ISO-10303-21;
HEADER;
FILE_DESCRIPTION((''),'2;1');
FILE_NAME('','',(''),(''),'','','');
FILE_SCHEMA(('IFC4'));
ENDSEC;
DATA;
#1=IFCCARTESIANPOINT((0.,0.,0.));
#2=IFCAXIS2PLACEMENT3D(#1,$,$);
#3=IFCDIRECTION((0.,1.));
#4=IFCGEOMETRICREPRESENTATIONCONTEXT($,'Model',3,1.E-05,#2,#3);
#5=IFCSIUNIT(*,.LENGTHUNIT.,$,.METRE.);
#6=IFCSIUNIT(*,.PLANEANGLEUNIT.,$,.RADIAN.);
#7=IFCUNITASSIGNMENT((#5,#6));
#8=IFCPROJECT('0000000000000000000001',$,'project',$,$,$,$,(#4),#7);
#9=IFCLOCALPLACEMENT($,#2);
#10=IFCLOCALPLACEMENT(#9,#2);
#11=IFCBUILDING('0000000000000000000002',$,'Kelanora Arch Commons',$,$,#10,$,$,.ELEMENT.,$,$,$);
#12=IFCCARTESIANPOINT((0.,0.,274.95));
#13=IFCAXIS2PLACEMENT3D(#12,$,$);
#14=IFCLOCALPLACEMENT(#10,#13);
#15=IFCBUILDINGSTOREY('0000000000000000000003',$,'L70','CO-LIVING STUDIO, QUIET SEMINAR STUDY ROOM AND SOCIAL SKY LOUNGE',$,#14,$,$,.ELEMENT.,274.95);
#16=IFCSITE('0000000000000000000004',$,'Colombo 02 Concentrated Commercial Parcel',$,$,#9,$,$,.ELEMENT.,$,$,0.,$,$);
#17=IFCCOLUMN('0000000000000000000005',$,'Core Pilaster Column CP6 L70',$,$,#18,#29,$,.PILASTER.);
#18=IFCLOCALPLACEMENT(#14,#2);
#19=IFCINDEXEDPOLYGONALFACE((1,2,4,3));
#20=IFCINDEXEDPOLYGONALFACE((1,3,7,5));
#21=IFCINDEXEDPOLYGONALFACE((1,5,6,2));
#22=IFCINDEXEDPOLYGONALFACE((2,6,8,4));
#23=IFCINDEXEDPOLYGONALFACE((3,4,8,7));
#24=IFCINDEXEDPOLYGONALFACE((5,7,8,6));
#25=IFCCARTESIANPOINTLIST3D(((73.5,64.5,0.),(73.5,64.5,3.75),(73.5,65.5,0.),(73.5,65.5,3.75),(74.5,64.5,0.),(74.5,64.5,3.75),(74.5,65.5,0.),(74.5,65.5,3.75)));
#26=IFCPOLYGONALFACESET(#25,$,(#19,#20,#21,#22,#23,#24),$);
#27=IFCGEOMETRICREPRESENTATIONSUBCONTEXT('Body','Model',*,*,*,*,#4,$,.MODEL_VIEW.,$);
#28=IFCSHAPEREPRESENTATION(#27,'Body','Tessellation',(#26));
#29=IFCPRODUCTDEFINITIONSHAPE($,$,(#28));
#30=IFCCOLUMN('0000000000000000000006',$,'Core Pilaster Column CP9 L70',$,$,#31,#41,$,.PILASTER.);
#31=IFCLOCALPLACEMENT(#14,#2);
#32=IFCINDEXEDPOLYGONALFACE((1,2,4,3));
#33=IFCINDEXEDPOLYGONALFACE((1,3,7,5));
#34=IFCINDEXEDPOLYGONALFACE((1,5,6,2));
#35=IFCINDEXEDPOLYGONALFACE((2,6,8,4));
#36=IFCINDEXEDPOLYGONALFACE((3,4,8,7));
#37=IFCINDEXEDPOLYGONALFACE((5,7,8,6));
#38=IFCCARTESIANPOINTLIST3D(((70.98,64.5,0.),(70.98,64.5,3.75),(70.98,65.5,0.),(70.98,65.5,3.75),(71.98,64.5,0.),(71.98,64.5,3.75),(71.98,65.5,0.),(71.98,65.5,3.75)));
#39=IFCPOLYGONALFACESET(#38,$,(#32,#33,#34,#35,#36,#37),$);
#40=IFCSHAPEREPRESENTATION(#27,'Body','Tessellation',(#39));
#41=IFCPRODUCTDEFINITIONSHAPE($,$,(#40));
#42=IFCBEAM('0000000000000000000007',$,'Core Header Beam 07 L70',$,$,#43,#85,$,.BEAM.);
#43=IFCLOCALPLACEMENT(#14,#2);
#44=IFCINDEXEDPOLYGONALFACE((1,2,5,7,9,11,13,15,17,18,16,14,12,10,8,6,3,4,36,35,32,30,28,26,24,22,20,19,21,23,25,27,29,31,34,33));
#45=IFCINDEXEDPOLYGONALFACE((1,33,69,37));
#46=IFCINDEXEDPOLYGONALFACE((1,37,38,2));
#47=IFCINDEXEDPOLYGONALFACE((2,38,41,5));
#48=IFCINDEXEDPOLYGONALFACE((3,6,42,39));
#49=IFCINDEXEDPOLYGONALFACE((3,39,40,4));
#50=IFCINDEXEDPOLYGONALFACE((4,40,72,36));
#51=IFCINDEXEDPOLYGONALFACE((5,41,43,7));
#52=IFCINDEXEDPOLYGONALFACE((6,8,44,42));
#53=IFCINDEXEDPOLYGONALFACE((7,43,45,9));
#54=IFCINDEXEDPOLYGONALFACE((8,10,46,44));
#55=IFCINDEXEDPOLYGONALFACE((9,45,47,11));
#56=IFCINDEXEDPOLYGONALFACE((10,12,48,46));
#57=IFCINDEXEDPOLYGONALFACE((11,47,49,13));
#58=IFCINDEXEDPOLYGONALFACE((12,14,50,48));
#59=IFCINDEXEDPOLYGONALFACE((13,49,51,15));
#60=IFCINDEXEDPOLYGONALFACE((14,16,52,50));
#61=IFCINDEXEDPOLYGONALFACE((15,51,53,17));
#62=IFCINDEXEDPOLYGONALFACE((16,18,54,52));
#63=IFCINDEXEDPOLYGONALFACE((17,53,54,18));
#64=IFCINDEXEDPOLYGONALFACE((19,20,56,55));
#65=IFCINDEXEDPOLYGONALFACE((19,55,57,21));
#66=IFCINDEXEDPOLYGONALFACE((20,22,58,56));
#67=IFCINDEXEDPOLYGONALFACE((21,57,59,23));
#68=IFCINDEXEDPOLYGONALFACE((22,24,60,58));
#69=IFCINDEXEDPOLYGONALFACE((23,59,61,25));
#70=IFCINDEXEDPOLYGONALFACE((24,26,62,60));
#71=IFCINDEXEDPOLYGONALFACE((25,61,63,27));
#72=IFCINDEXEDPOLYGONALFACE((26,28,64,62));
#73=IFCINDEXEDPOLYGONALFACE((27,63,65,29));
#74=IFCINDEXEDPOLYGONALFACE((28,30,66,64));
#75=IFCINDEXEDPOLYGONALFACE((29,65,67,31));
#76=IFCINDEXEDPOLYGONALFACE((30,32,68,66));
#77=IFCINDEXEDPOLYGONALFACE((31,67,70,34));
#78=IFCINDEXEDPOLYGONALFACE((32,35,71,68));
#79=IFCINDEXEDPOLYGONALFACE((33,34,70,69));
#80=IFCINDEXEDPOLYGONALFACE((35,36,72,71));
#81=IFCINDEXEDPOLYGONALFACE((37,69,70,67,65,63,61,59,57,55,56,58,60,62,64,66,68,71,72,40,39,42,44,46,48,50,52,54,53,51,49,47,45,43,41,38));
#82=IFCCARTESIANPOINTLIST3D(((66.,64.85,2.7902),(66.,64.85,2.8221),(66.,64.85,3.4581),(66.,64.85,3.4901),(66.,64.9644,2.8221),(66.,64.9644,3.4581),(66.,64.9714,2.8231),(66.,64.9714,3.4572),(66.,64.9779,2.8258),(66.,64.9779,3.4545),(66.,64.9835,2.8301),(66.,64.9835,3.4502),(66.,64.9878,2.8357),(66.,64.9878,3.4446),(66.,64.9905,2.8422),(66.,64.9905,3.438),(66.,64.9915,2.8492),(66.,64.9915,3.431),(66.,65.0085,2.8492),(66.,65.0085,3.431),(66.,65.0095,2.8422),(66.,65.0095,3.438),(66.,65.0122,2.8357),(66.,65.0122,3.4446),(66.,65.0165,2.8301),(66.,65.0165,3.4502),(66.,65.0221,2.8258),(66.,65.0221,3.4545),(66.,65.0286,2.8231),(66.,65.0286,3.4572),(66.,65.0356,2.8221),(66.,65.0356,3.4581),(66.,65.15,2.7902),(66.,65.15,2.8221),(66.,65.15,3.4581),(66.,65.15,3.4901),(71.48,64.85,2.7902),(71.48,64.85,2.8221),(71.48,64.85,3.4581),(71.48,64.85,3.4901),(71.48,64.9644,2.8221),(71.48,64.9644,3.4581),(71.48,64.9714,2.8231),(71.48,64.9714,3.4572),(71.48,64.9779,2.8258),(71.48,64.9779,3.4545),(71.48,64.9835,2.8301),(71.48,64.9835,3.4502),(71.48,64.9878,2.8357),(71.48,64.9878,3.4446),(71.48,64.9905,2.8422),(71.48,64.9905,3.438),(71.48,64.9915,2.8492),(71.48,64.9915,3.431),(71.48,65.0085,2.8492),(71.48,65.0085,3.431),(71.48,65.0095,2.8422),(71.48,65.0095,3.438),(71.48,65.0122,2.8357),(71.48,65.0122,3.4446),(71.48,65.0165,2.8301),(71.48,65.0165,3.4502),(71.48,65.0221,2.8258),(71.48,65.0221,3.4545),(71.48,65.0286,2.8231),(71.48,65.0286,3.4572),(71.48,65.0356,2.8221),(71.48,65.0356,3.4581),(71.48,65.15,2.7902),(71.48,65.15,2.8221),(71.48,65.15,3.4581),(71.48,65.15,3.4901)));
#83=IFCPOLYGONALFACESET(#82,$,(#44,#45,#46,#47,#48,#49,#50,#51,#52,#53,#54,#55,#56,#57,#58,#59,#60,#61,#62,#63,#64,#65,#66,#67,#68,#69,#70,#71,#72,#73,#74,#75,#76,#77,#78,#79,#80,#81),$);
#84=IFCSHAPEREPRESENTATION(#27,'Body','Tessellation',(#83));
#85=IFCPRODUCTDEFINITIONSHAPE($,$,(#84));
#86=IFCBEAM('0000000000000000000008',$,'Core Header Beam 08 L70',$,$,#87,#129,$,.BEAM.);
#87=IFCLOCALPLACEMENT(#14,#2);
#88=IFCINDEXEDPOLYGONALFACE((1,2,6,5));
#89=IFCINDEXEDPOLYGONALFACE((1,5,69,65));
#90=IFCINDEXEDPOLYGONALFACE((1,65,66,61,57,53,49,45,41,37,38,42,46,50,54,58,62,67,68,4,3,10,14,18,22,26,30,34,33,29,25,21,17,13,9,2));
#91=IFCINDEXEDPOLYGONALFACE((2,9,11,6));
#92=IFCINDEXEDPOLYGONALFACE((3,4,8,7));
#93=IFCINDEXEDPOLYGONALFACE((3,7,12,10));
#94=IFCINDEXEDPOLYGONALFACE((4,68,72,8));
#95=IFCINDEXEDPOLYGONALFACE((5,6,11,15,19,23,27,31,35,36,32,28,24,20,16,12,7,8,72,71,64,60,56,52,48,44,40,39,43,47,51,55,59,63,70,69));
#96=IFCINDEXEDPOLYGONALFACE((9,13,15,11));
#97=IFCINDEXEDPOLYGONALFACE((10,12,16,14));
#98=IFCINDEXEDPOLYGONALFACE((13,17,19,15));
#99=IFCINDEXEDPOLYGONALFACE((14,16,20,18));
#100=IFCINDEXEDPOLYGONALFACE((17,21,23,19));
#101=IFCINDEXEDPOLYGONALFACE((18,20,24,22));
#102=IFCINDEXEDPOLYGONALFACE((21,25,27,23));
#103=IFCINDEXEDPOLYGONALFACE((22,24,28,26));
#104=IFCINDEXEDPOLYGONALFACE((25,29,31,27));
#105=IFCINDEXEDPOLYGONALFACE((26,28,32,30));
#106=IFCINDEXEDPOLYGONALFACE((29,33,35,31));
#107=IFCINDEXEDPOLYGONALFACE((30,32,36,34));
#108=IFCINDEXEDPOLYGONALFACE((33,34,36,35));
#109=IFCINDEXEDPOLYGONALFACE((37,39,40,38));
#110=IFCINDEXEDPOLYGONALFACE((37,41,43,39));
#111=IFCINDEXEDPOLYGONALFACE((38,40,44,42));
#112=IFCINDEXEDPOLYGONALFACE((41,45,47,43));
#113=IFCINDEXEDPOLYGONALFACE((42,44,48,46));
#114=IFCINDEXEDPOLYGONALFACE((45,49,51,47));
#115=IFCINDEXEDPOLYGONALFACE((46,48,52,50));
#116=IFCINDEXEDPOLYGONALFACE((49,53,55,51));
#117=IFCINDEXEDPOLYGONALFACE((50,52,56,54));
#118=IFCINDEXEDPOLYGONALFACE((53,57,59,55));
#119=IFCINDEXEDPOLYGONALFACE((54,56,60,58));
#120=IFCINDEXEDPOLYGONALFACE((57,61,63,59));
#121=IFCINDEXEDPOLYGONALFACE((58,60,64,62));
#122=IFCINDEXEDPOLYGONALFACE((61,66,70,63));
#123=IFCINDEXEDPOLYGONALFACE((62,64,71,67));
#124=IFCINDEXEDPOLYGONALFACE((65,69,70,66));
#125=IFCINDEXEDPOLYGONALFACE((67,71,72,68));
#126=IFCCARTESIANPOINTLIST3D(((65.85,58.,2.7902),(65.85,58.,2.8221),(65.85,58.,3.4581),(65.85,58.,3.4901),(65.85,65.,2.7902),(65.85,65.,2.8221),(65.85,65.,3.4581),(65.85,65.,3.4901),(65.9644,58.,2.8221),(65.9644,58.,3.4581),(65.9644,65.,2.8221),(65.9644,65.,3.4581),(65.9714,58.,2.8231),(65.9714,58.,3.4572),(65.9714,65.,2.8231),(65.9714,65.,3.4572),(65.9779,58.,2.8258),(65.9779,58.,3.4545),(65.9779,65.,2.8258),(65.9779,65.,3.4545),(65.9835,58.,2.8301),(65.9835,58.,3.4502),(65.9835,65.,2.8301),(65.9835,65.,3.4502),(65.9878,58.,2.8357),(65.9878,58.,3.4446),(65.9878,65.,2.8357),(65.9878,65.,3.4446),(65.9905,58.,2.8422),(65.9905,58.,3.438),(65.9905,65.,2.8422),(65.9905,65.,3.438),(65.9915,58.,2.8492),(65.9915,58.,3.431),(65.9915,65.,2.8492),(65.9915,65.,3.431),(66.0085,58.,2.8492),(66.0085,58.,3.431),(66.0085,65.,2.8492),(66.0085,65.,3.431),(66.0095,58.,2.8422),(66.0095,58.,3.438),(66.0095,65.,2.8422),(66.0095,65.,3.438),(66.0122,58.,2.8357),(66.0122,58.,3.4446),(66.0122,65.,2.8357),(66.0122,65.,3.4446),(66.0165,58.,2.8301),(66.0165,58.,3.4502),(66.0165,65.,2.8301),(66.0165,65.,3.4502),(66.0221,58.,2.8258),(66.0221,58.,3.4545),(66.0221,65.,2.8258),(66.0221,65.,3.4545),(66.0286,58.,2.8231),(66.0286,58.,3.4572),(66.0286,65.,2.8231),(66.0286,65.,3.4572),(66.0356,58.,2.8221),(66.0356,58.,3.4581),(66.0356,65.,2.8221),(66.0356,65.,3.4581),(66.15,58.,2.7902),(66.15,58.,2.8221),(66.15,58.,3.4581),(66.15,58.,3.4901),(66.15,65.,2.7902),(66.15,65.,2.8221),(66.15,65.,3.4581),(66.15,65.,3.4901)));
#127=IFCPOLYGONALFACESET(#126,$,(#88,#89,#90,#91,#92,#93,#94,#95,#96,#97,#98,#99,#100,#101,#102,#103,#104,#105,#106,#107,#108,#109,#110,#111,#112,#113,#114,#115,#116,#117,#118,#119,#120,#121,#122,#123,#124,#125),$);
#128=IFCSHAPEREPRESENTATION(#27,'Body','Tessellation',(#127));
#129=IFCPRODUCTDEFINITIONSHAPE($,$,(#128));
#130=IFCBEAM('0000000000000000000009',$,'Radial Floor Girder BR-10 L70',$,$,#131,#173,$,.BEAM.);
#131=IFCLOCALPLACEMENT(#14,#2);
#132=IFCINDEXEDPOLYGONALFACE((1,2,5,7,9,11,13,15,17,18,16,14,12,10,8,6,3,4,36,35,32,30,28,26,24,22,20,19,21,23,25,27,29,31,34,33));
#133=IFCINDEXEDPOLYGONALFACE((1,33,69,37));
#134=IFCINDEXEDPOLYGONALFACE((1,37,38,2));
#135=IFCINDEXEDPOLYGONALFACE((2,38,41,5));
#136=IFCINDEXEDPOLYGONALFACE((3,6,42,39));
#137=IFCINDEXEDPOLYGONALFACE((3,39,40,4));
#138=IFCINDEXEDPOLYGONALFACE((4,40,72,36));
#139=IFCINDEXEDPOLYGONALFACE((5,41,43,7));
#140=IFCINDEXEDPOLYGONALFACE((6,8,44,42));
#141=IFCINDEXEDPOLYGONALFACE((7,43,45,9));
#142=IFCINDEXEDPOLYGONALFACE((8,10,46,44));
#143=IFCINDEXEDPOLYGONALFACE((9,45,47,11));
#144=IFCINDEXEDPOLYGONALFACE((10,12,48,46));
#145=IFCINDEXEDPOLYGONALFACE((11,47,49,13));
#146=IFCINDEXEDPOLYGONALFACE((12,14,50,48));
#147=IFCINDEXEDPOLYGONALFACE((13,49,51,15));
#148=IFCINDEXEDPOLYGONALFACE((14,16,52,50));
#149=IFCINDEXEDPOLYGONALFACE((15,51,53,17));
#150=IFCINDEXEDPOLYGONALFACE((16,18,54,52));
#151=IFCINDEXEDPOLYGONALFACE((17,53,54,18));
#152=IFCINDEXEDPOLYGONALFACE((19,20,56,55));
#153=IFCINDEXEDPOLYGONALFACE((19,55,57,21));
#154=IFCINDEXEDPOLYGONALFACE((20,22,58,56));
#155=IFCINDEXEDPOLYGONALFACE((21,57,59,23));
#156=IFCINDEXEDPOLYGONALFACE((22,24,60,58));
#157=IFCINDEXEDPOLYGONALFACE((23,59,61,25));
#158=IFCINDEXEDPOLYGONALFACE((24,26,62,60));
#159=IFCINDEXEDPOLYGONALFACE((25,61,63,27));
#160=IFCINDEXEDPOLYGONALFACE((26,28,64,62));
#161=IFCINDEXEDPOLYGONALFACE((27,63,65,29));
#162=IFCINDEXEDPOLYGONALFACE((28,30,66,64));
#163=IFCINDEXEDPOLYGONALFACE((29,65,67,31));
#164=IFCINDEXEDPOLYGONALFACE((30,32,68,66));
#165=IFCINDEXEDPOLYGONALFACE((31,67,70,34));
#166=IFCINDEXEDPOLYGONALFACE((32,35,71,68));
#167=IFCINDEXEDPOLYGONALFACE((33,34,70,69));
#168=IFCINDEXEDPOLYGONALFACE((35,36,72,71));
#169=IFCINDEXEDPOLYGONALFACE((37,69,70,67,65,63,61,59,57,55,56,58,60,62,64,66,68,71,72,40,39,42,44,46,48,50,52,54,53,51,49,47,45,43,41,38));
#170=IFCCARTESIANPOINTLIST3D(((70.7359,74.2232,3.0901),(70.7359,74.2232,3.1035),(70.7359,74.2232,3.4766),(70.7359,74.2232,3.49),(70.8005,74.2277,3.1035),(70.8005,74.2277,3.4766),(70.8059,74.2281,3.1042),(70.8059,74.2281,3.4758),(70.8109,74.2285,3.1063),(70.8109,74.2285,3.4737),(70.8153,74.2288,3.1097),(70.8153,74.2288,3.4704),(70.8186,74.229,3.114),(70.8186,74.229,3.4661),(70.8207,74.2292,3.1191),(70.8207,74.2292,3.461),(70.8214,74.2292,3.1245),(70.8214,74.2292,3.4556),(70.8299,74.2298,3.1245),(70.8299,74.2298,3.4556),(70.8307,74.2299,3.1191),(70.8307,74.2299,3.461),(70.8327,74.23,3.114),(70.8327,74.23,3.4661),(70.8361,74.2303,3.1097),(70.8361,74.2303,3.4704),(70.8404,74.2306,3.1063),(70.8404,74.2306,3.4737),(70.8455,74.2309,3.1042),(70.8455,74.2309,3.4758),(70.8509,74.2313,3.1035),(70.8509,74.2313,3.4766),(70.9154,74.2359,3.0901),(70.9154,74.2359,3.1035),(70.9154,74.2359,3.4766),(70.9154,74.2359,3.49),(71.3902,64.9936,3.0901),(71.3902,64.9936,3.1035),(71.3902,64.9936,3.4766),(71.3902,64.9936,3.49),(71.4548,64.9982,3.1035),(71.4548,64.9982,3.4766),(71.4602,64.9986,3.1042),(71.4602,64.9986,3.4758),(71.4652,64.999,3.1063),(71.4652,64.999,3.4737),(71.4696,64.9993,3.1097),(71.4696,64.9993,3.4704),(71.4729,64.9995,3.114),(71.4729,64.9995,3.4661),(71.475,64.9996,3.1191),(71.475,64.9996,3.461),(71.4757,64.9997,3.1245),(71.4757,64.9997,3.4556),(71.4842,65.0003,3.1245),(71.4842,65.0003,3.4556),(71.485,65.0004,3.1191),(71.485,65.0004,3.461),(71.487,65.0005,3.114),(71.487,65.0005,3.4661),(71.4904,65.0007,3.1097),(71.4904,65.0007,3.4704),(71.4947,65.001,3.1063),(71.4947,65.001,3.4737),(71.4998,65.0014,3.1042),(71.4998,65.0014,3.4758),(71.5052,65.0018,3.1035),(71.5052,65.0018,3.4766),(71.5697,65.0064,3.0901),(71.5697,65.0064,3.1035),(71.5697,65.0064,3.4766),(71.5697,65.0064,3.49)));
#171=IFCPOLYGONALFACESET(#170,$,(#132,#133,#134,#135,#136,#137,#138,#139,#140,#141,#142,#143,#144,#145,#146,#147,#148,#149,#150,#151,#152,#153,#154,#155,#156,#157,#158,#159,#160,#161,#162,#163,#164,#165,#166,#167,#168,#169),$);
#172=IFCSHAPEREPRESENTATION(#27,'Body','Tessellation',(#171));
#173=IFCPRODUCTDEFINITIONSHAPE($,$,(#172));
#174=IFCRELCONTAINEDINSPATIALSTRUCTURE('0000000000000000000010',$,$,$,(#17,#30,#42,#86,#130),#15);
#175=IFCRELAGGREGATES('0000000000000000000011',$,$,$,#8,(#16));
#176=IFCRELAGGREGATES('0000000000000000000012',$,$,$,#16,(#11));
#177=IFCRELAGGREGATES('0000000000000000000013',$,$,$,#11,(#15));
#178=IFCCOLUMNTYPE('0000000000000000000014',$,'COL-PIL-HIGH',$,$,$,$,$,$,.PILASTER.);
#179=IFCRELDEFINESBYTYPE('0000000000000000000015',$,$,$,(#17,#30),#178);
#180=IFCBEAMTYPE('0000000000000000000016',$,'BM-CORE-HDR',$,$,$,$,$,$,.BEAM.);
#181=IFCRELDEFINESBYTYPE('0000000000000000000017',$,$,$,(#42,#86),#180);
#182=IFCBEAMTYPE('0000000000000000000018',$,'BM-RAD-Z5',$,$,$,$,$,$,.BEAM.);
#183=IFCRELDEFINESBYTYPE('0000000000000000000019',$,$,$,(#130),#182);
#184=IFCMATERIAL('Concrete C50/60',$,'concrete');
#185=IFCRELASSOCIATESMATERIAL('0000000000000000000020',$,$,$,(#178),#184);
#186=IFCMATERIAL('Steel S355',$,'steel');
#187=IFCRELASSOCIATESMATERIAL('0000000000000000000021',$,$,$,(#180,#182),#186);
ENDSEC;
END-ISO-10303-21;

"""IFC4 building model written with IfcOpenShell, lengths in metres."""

from ifc_helpers import new_model, si_unit, direction, frame, origin, origin_2d, place, context, subcontext, project, spatial, rectangle, i_section, extrude, material, material_profile, profile_set, type_object, element, save


model = new_model("IFC4")

# Units and contexts
model_context = context("Model", 3, precision=1e-05, world=origin(), true_north=direction((0.0, 1.0)))
body_context = subcontext(model_context, "Body", "Model", "MODEL_VIEW")
ifc_project = project(units=[si_unit("LENGTHUNIT", "METRE"), si_unit("PLANEANGLEUNIT", "RADIAN")], contexts=[model_context])

# Site, building, storey
site_placement = place(None, origin())
site = spatial("IfcSite", under=ifc_project, at=site_placement, Name="Colombo 02 Concentrated Commercial Parcel", CompositionType="ELEMENT", RefElevation=0.0)
building_placement = place(site_placement, origin())
building = spatial("IfcBuilding", under=site, at=building_placement, Name="Kelanora Arch Commons", CompositionType="ELEMENT")
storey_placement = place(building_placement, frame((0.0, 0.0, 274.95)))
storey = spatial("IfcBuildingStorey", under=building, at=storey_placement, Name="L70", Description="CO-LIVING STUDIO, QUIET SEMINAR STUDY ROOM AND SOCIAL SKY LOUNGE", CompositionType="ELEMENT", Elevation=274.95)

# Columns
ifc_material_1 = material(Name="Concrete C50/60", Category="concrete")
ifc_material_profile_1 = material_profile(ifc_material_1, rectangle(XDim=1.0, YDim=1.0, at=origin_2d()), Name="RC1000x1000")
ifc_profile_set_1 = profile_set([ifc_material_profile_1], Name="Concrete C50/60")
column_type = type_object("IfcColumnType", Name="COL-PIL-HIGH", PredefinedType="PILASTER", material=ifc_profile_set_1)
for number, where, z_axis, x_axis, name in (
    (1, (74.0, 65.0, 0.0), (0.0, 0.0, 1.0), (1.0, 0.0, 0.0), "Core Pilaster Column CP6 L70"),
    (2, (71.48, 65.0, 0.0), (0.0, 0.0, 1.0), (1.0, 0.0, 0.0), "Core Pilaster Column CP9 L70"),
):
    element("IfcColumn", number, at=place(storey_placement, frame(where, z_axis=z_axis, x_axis=x_axis)), inside=storey, type_object=column_type, Name=name, PredefinedType="PILASTER", context=body_context, shape_type="SweptSolid", body=[
        extrude(rectangle(XDim=1.0, YDim=1.0, at=origin_2d()), origin(), (0.0, 0.0, 1.0), 3.75),
    ])

# Beams
ifc_material_2 = material(Name="Steel S355", Category="steel")
ifc_material_profile_2 = material_profile(ifc_material_2, i_section(OverallWidth=0.3, OverallDepth=0.7, WebThickness=0.0171, FlangeThickness=0.032, FilletRadius=0.0271, at=origin_2d()), Name="HEB700")
ifc_profile_set_2 = profile_set([ifc_material_profile_2], Name="Steel S355")
beam_type_1 = type_object("IfcBeamType", Name="BM-CORE-HDR", PredefinedType="BEAM", material=ifc_profile_set_2)
beam_1_placement = place(storey_placement, frame((71.48, 65.0, 3.1401), z_axis=(-1.0, 0.0, 0.0), x_axis=(0.0, -1.0, 0.0)))
element("IfcBeam", 3, at=beam_1_placement, inside=storey, type_object=beam_type_1, Name="Core Header Beam 07 L70", PredefinedType="BEAM", context=body_context, shape_type="SweptSolid", body=[
    extrude(i_section(OverallWidth=0.3, OverallDepth=0.7, WebThickness=0.0171, FlangeThickness=0.032, FilletRadius=0.0271, at=origin_2d()), origin(), (0.0, 0.0, 1.0), 5.48),
])
beam_2_placement = place(storey_placement, frame((66.0, 65.0, 3.1401), z_axis=(0.0, -1.0, 0.0), x_axis=(1.0, 0.0, 0.0)))
element("IfcBeam", 4, at=beam_2_placement, inside=storey, type_object=beam_type_1, Name="Core Header Beam 08 L70", PredefinedType="BEAM", context=body_context, shape_type="SweptSolid", body=[
    extrude(i_section(OverallWidth=0.3, OverallDepth=0.7, WebThickness=0.0171, FlangeThickness=0.032, FilletRadius=0.0271, at=origin_2d()), origin(), (0.0, 0.0, 1.0), 7.0),
])
ifc_material_profile_3 = material_profile(ifc_material_2, i_section(OverallWidth=0.1799, OverallDepth=0.3999, WebThickness=0.0085, FlangeThickness=0.0134, FilletRadius=0.021, at=origin_2d()), Name="IPE400")
ifc_profile_set_3 = profile_set([ifc_material_profile_3], Name="Steel S355")
beam_type_2 = type_object("IfcBeamType", Name="BM-RAD-Z5", PredefinedType="BEAM", material=ifc_profile_set_3)
beam_3_placement = place(storey_placement, frame((71.48, 65.0, 3.29), z_axis=(-0.070714, 0.997497, 0.0), x_axis=(-0.997497, -0.070714, 0.0)))
element("IfcBeam", 5, at=beam_3_placement, inside=storey, type_object=beam_type_2, Name="Radial Floor Girder BR-10 L70", PredefinedType="BEAM", context=body_context, shape_type="SweptSolid", body=[
    extrude(i_section(OverallWidth=0.1799, OverallDepth=0.3999, WebThickness=0.0085, FlangeThickness=0.0134, FilletRadius=0.021, at=origin_2d()), origin(), (0.0, 0.0, 1.0), 9.2527),
])

save(model, "model.ifc")
